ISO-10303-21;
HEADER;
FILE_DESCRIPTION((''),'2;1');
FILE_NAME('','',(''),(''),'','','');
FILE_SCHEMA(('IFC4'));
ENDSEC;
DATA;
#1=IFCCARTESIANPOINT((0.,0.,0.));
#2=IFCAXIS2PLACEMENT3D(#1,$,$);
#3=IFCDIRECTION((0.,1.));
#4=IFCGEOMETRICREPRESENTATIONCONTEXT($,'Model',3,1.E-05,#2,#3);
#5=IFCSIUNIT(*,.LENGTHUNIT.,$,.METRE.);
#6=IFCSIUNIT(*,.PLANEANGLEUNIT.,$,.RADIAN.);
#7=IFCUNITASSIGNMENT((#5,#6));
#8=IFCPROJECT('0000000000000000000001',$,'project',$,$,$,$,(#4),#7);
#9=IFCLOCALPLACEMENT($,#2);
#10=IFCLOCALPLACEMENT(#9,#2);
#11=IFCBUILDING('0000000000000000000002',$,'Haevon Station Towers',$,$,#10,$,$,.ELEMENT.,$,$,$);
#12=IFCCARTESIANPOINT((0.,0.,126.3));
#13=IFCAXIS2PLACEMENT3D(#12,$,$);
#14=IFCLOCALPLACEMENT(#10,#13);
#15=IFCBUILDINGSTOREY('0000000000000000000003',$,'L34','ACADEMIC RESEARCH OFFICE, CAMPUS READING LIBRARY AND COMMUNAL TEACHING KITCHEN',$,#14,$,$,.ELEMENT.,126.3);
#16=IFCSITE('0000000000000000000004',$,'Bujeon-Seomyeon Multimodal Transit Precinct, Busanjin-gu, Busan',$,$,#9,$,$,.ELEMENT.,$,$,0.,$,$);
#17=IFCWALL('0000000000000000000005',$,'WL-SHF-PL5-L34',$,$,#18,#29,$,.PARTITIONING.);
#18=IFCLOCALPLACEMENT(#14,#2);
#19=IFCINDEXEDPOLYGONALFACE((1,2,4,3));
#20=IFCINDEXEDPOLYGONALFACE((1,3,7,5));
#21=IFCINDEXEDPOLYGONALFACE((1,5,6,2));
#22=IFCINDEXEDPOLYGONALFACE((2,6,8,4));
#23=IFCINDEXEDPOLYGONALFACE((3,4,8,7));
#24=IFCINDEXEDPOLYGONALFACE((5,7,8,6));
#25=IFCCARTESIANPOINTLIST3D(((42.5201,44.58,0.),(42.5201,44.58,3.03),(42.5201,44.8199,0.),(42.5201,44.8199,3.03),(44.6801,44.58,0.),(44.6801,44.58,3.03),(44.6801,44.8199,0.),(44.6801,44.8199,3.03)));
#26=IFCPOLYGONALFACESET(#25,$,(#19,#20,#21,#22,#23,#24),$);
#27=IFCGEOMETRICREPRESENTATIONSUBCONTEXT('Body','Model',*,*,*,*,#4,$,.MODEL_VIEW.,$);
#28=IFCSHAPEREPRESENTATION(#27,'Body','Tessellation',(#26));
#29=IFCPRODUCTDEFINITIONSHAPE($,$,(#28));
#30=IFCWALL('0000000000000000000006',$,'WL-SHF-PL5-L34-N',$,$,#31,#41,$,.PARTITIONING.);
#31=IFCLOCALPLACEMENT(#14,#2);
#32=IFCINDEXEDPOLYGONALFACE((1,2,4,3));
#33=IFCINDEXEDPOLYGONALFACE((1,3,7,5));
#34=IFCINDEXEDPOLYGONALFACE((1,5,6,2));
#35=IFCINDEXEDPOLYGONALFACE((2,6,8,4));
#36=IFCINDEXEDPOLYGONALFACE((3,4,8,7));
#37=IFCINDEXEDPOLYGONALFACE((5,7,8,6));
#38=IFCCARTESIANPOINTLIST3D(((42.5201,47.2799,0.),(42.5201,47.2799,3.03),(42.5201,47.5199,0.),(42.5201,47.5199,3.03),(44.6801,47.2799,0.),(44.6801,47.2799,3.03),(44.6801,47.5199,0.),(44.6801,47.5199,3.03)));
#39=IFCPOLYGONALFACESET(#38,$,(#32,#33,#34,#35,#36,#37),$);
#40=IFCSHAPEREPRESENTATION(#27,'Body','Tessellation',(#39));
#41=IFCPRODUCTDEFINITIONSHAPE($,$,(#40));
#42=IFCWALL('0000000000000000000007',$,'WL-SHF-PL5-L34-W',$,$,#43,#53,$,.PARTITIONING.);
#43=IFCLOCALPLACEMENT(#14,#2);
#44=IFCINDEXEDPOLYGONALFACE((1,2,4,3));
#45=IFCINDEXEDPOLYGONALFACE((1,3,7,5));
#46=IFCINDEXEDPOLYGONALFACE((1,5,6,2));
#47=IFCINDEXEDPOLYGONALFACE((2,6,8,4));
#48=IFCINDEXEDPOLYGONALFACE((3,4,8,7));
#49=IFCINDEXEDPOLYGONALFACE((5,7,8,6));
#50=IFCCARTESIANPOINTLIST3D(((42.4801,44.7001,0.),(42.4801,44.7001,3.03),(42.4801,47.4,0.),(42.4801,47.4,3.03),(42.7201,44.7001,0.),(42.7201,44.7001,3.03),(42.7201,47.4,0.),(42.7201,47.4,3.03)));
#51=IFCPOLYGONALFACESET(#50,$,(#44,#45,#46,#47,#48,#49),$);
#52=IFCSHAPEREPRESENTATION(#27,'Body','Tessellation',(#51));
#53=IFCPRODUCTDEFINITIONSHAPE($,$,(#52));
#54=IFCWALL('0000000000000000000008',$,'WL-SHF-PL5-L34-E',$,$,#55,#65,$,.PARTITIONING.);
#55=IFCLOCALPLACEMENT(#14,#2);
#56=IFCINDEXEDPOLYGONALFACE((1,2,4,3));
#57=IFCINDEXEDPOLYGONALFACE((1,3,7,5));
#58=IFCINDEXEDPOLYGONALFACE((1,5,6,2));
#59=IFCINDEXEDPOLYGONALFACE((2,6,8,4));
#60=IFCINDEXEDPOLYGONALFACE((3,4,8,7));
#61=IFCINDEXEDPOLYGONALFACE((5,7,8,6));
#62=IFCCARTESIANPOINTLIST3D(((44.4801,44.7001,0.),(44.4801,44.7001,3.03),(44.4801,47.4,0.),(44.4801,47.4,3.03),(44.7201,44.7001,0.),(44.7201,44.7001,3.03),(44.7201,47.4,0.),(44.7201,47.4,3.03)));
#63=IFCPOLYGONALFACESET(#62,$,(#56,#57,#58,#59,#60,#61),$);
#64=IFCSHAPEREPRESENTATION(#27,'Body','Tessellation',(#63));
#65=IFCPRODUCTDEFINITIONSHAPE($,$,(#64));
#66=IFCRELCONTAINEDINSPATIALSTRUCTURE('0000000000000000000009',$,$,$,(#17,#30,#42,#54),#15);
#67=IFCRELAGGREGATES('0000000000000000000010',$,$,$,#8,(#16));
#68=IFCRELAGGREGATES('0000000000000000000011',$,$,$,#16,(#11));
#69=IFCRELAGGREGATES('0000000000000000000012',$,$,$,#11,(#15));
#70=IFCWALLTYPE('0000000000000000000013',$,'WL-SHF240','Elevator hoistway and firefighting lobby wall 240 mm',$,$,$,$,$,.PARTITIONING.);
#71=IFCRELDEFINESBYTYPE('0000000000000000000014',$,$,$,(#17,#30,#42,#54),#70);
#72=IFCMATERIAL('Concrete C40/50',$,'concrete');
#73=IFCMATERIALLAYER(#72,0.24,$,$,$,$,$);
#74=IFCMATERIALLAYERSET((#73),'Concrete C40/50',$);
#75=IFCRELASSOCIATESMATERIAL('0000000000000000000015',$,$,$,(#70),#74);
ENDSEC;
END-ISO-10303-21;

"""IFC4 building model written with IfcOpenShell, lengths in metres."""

from ifc_helpers import new_model, si_unit, direction, frame, frame_2d, origin, place, context, subcontext, project, spatial, rectangle, extrude, material, layer, layer_set, type_object, element, save


model = new_model("IFC4")

# Units and contexts
model_context = context("Model", 3, precision=1e-05, world=origin(), true_north=direction((0.0, 1.0)))
body_context = subcontext(model_context, "Body", "Model", "MODEL_VIEW")
ifc_project = project(units=[si_unit("LENGTHUNIT", "METRE"), si_unit("PLANEANGLEUNIT", "RADIAN")], contexts=[model_context])

# Site, building, storey
site_placement = place(None, origin())
site = spatial("IfcSite", under=ifc_project, at=site_placement, Name="Bujeon-Seomyeon Multimodal Transit Precinct, Busanjin-gu, Busan", CompositionType="ELEMENT", RefElevation=0.0)
building_placement = place(site_placement, origin())
building = spatial("IfcBuilding", under=site, at=building_placement, Name="Haevon Station Towers", CompositionType="ELEMENT")
storey_placement = place(building_placement, frame((0.0, 0.0, 126.3)))
storey = spatial("IfcBuildingStorey", under=building, at=storey_placement, Name="L34", Description="ACADEMIC RESEARCH OFFICE, CAMPUS READING LIBRARY AND COMMUNAL TEACHING KITCHEN", CompositionType="ELEMENT", Elevation=126.3)

# Shared definitions
ifc_material_1 = material(Name="Concrete C40/50", Category="concrete")
ifc_layer_1 = layer(ifc_material_1, 0.24)
ifc_layer_set_1 = layer_set([ifc_layer_1], Name="Concrete C40/50")
wall_type_1 = type_object("IfcWallType", Name="WL-SHF240", Description="Elevator hoistway and firefighting lobby wall 240 mm", PredefinedType="PARTITIONING", material=ifc_layer_set_1)

# Walls
for number, where, z_axis, x_axis, name in (
    (1, (42.52, 44.7, 0.0), (0.0, 0.0, 1.0), (1.0, 0.0, 0.0), "WL-SHF-PL5-L34"),
    (2, (42.52, 47.3999, 0.0), (0.0, 0.0, 1.0), (1.0, 0.0, 0.0), "WL-SHF-PL5-L34-N"),
):
    element("IfcWall", number, at=place(storey_placement, frame(where, z_axis=z_axis, x_axis=x_axis)), inside=storey, type_object=wall_type_1, Name=name, PredefinedType="PARTITIONING", context=body_context, shape_type="SweptSolid", body=[
        extrude(rectangle(XDim=2.1599, YDim=0.24, at=frame_2d((1.0801, 0.0))), origin(), (0.0, 0.0, 1.0), 3.03),
    ])
for number, where, z_axis, x_axis, name in (
    (3, (42.6001, 44.7, 0.0), (0.0, 0.0, 1.0), (0.0, 1.0, 0.0), "WL-SHF-PL5-L34-W"),
    (4, (44.6001, 44.7, 0.0), (0.0, 0.0, 1.0), (0.0, 1.0, 0.0), "WL-SHF-PL5-L34-E"),
):
    element("IfcWall", number, at=place(storey_placement, frame(where, z_axis=z_axis, x_axis=x_axis)), inside=storey, type_object=wall_type_1, Name=name, PredefinedType="PARTITIONING", context=body_context, shape_type="SweptSolid", body=[
        extrude(rectangle(XDim=2.7, YDim=0.24, at=frame_2d((1.3501, 0.0))), origin(), (0.0, 0.0, 1.0), 3.03),
    ])

save(model, "model.ifc")
